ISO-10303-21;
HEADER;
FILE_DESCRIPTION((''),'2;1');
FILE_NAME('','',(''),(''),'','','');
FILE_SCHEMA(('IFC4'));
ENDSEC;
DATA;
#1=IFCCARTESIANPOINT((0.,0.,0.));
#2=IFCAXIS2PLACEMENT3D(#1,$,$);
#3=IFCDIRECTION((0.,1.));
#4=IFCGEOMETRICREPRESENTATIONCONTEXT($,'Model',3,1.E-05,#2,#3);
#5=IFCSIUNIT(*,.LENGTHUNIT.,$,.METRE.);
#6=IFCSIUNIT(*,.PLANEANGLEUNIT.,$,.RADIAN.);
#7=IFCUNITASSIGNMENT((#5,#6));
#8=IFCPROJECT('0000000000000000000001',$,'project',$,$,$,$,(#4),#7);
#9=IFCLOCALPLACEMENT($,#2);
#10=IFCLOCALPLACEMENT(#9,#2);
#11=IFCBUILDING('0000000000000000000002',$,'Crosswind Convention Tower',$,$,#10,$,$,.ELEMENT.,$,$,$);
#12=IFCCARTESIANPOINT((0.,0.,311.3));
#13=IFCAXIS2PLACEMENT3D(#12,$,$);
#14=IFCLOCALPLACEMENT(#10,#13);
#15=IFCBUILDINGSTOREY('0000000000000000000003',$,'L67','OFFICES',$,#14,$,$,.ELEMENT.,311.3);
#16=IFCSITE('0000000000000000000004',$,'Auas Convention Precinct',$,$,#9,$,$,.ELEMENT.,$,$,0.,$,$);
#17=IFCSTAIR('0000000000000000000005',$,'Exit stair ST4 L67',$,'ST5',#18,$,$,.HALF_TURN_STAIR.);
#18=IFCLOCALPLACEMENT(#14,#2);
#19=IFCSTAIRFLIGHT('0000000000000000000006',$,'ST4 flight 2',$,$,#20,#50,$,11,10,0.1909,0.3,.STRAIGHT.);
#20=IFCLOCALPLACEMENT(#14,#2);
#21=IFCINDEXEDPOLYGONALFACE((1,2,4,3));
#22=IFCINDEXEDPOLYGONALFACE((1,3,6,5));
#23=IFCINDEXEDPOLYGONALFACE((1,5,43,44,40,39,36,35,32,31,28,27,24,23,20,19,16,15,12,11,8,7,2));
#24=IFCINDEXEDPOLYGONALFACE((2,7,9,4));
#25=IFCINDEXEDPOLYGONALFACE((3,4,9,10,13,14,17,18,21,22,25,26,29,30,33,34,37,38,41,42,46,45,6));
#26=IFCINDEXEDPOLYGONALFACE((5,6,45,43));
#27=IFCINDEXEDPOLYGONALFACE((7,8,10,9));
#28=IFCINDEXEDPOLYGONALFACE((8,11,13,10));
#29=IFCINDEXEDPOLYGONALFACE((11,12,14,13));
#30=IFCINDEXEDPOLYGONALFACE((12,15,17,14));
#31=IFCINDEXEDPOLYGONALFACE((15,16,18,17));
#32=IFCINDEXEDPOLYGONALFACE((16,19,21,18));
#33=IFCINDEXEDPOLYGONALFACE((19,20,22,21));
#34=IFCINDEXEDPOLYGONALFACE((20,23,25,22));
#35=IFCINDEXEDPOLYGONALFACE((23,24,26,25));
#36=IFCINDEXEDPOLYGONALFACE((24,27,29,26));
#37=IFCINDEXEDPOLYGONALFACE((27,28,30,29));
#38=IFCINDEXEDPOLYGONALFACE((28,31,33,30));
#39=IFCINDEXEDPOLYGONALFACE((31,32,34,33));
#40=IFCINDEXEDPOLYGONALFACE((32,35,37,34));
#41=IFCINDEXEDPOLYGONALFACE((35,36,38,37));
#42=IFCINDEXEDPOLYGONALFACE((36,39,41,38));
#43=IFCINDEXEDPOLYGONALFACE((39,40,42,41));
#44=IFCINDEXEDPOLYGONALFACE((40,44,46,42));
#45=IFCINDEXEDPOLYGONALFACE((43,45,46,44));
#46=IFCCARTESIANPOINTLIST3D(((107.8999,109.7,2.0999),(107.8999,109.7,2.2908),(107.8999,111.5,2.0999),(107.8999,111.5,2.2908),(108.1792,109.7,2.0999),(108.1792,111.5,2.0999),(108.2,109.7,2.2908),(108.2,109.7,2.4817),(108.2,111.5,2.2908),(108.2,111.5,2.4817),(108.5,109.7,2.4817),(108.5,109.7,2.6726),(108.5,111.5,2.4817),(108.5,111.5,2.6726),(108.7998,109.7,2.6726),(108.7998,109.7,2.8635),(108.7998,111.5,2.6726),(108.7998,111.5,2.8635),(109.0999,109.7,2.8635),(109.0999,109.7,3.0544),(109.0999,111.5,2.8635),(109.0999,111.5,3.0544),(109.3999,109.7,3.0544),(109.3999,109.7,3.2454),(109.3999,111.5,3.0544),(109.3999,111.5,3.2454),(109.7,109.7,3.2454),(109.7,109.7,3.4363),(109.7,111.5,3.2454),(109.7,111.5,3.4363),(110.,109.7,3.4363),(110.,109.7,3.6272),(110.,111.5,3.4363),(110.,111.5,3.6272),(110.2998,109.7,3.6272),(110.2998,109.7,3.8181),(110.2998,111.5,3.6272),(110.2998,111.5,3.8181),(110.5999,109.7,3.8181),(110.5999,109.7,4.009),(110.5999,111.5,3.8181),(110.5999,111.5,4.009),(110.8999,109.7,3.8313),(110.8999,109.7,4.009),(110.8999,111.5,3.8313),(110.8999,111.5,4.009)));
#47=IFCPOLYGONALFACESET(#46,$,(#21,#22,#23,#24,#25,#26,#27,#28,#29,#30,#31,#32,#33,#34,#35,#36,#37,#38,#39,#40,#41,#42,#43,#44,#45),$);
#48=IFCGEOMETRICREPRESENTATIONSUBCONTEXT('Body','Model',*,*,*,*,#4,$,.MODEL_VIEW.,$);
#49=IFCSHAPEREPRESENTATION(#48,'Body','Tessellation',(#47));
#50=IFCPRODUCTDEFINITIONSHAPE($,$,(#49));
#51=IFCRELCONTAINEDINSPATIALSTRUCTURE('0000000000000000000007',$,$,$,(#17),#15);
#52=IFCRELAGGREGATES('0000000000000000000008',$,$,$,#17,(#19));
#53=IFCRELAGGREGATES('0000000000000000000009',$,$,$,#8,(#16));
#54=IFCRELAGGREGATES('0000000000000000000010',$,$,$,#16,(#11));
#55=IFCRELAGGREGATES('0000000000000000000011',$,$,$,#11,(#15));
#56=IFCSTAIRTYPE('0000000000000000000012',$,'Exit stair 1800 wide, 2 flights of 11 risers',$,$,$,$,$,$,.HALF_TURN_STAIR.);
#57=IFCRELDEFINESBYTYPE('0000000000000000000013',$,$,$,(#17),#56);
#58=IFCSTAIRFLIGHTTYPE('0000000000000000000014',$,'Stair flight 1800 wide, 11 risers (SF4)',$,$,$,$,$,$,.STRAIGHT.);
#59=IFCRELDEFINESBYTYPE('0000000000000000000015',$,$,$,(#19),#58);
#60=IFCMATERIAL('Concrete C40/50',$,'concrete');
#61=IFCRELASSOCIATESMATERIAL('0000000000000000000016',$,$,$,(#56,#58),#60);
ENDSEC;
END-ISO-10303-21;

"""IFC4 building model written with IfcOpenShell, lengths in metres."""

from ifc_helpers import new_model, si_unit, direction, frame, origin, place, context, subcontext, project, spatial, polyline, outline, extrude, material, type_object, element, aggregate, save


model = new_model("IFC4")

# Units and contexts
model_context = context("Model", 3, precision=1e-05, world=origin(), true_north=direction((0.0, 1.0)))
body_context = subcontext(model_context, "Body", "Model", "MODEL_VIEW")
ifc_project = project(units=[si_unit("LENGTHUNIT", "METRE"), si_unit("PLANEANGLEUNIT", "RADIAN")], contexts=[model_context])

# Site, building, storey
site_placement = place(None, origin())
site = spatial("IfcSite", under=ifc_project, at=site_placement, Name="Auas Convention Precinct", CompositionType="ELEMENT", RefElevation=0.0)
building_placement = place(site_placement, origin())
building = spatial("IfcBuilding", under=site, at=building_placement, Name="Crosswind Convention Tower", CompositionType="ELEMENT")
storey_placement = place(building_placement, frame((0.0, 0.0, 311.3)))
storey = spatial("IfcBuildingStorey", under=building, at=storey_placement, Name="L67", Description="OFFICES", CompositionType="ELEMENT", Elevation=311.3)

# Stair, stair flight
ifc_material_1 = material(Name="Concrete C40/50", Category="concrete")
stair_type = type_object("IfcStairType", Name="Exit stair 1800 wide, 2 flights of 11 risers", PredefinedType="HALF_TURN_STAIR", material=ifc_material_1)
stair_placement = place(storey_placement, origin())
stair = element("IfcStair", 1, at=stair_placement, inside=storey, type_object=stair_type, Name="Exit stair ST4 L67", ObjectType="ST5", PredefinedType="HALF_TURN_STAIR")
stair_flight_type = type_object("IfcStairFlightType", Name="Stair flight 1800 wide, 11 risers (SF4)", PredefinedType="STRAIGHT", material=ifc_material_1)
stair_flight_placement = place(storey_placement, frame((107.8999, 110.6001, 2.0999), z_axis=(0.0, 0.0, 1.0), x_axis=(1.0, 0.0, 0.0)))
stair_flight = element("IfcStairFlight", 2, at=stair_flight_placement, type_object=stair_flight_type, Name="ST4 flight 2", NumberOfRisers=11, NumberOfTreads=10, PredefinedType="STRAIGHT", RiserHeight=0.1909, TreadLength=0.3, context=body_context, shape_type="SweptSolid", body=[
    extrude(outline(polyline([(0.0, 0.0), (0.0, 0.1909), (0.3, 0.1909), (0.3, 0.3818), (0.6001, 0.3818), (0.6001, 0.5728), (0.8999, 0.5728), (0.8999, 0.7637), (1.2, 0.7637), (1.2, 0.9546), (1.5, 0.9546), (1.5, 1.1455), (1.8, 1.1455), (1.8, 1.3364), (2.1001, 1.3364), (2.1001, 1.5273), (2.3999, 1.5273), (2.3999, 1.7183), (2.7, 1.7183), (2.7, 1.9092), (3.0, 1.9092), (3.0, 2.1001), (3.0, 1.7314), (0.2793, 0.0), (0.0, 0.0)])), frame((0.0, 0.8999, 0.0), z_axis=(0.0, -1.0, 0.0), x_axis=(1.0, 0.0, 0.0)), (0.0, 0.0, 1.0), 1.8),
])
aggregate(stair, [stair_flight])

save(model, "model.ifc")
